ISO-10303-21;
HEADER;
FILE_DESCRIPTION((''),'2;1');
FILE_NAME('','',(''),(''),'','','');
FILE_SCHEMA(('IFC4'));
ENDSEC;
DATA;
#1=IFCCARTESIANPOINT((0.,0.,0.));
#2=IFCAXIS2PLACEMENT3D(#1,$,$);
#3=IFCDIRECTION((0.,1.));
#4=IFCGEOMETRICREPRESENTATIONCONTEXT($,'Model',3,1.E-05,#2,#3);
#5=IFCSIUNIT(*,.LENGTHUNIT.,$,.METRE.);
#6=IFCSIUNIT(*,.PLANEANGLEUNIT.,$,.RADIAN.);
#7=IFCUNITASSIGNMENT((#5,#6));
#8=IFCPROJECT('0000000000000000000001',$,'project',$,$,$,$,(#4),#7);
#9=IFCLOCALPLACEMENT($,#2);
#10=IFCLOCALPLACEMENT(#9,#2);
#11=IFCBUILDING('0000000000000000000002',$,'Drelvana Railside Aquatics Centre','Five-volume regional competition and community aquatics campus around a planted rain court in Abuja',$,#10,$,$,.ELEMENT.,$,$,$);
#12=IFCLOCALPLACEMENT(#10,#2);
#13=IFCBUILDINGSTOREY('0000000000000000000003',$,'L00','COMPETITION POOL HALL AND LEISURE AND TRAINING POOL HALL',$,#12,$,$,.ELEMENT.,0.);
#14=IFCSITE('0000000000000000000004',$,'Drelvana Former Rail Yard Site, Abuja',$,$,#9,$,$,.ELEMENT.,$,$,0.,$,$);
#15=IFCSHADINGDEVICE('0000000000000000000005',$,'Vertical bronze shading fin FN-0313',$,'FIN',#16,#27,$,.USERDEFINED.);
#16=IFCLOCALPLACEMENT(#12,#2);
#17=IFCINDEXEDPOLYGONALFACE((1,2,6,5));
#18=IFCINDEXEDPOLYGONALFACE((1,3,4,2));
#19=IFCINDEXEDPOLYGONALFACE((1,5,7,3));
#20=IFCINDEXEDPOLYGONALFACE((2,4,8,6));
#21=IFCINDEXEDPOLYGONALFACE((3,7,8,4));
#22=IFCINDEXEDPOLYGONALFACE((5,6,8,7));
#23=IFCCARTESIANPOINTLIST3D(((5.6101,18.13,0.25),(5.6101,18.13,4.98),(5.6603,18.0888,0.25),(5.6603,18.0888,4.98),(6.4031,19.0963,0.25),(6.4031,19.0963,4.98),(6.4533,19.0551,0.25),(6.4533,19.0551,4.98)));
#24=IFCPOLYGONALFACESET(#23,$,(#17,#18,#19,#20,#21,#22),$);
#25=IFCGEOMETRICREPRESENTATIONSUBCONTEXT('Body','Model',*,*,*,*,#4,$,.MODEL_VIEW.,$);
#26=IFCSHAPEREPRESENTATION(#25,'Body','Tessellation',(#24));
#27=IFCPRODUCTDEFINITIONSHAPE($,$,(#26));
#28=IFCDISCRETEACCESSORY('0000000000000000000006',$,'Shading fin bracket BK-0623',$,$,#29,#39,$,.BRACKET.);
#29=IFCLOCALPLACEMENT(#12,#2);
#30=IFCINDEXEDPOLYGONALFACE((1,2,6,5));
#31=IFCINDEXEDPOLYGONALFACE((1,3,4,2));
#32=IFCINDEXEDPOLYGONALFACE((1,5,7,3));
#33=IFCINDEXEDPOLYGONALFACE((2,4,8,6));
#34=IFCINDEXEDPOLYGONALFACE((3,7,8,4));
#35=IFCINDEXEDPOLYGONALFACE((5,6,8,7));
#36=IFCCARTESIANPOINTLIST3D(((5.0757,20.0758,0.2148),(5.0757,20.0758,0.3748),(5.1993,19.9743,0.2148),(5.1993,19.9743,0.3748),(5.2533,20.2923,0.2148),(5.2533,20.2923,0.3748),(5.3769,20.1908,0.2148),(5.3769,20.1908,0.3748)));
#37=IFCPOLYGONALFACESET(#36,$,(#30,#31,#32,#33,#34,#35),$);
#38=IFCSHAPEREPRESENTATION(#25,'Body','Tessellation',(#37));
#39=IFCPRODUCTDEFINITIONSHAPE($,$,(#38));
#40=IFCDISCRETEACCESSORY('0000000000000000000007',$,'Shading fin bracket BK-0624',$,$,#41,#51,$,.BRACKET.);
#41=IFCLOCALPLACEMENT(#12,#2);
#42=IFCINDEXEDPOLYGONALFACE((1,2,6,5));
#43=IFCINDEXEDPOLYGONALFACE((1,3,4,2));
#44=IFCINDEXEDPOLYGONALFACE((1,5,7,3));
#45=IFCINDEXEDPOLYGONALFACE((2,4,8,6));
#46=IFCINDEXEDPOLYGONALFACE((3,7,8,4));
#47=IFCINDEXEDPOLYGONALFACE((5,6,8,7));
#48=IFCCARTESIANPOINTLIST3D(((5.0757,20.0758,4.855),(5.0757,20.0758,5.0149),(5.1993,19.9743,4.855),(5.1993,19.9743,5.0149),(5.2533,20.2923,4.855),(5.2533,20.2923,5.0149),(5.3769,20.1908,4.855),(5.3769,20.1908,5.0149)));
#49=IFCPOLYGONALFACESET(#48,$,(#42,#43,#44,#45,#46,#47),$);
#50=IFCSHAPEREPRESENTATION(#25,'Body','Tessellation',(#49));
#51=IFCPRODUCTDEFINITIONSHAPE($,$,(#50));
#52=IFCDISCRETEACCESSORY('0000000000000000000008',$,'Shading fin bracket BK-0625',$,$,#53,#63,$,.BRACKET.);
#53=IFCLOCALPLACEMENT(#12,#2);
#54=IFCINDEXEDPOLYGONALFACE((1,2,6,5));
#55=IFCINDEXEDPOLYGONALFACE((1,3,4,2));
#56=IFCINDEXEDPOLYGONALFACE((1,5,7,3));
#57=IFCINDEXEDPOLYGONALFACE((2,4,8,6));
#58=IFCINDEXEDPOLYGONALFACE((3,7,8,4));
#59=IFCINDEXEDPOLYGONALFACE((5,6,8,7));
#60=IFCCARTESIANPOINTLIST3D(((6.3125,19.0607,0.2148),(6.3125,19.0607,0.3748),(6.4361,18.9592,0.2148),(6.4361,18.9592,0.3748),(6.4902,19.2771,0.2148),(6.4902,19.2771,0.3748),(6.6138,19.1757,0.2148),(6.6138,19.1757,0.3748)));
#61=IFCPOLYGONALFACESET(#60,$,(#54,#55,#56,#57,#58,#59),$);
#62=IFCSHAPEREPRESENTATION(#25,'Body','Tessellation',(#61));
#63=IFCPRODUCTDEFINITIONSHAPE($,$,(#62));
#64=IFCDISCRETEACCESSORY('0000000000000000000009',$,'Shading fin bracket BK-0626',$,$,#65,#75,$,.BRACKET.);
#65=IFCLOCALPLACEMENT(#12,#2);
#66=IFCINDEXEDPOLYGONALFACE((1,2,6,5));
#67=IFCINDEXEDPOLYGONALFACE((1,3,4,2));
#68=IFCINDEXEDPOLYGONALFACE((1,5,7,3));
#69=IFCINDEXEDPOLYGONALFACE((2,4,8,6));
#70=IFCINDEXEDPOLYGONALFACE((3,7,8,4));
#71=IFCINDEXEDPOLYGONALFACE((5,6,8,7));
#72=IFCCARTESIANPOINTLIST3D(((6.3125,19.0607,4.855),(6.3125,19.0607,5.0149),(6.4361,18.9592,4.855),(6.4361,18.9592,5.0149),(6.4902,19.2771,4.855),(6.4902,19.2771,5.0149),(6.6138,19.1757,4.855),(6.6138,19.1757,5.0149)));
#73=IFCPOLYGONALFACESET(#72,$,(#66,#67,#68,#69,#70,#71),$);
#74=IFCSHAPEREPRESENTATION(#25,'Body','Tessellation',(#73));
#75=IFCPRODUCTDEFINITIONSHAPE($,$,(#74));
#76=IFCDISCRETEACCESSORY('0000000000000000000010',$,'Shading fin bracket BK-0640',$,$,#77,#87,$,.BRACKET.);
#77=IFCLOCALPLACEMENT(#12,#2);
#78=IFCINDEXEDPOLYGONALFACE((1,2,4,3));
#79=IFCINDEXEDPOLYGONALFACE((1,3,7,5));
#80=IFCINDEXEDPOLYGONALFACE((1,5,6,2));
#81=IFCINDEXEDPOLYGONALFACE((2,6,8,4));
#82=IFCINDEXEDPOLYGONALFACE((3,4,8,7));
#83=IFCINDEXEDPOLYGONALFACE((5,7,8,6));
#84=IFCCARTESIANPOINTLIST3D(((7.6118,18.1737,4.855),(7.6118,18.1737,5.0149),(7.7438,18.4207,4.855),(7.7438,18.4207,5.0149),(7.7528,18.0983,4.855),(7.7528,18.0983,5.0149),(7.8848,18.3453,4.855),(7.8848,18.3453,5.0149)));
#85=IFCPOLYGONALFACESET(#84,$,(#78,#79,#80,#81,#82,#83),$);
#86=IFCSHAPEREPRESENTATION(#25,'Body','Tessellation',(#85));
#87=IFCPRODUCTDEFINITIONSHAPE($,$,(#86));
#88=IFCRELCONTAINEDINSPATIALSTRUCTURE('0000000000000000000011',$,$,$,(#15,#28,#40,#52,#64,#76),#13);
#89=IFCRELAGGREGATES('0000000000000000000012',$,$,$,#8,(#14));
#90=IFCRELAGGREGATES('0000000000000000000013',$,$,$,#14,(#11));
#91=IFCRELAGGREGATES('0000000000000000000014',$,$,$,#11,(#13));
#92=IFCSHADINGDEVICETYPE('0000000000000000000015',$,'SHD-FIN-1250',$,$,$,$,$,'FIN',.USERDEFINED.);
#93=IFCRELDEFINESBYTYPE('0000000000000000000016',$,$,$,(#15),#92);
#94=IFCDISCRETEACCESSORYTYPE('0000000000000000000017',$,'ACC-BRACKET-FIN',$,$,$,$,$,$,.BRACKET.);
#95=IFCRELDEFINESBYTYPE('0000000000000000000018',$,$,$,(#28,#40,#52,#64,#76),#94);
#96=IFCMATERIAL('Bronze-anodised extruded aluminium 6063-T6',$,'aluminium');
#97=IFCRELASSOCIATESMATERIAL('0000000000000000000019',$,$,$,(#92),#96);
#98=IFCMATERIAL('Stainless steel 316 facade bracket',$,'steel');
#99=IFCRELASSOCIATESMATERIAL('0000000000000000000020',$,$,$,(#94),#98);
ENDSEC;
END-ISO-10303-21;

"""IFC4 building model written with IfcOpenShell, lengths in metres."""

from ifc_helpers import new_model, si_unit, direction, frame, origin, origin_2d, place, context, subcontext, project, spatial, rectangle, extrude, material, type_object, element, save


model = new_model("IFC4")

# Units and contexts
model_context = context("Model", 3, precision=1e-05, world=origin(), true_north=direction((0.0, 1.0)))
body_context = subcontext(model_context, "Body", "Model", "MODEL_VIEW")
ifc_project = project(units=[si_unit("LENGTHUNIT", "METRE"), si_unit("PLANEANGLEUNIT", "RADIAN")], contexts=[model_context])

# Site, building, storey
site_placement = place(None, origin())
site = spatial("IfcSite", under=ifc_project, at=site_placement, Name="Drelvana Former Rail Yard Site, Abuja", CompositionType="ELEMENT", RefElevation=0.0)
building_placement = place(site_placement, origin())
building = spatial("IfcBuilding", under=site, at=building_placement, Name="Drelvana Railside Aquatics Centre", Description="Five-volume regional competition and community aquatics campus around a planted rain court in Abuja", CompositionType="ELEMENT")
storey_placement = place(building_placement, origin())
storey = spatial("IfcBuildingStorey", under=building, at=storey_placement, Name="L00", Description="COMPETITION POOL HALL AND LEISURE AND TRAINING POOL HALL", CompositionType="ELEMENT", Elevation=0.0)

# Shared definitions
ifc_material_1 = material(Name="Bronze-anodised extruded aluminium 6063-T6", Category="aluminium")

# Shading device
shading_device_type = type_object("IfcShadingDeviceType", Name="SHD-FIN-1250", ElementType="FIN", PredefinedType="USERDEFINED", material=ifc_material_1)
for number, where, z_axis, x_axis, name in (
    (1, (6.0317, 18.5925, 0.25), (0.0, 0.0, 1.0), (-0.634393, -0.77301, 0.0), "Vertical bronze shading fin FN-0313"),
):
    element("IfcShadingDevice", number, at=place(storey_placement, frame(where, z_axis=z_axis, x_axis=x_axis)), inside=storey, type_object=shading_device_type, Name=name, ObjectType="FIN", PredefinedType="USERDEFINED", context=body_context, shape_type="SweptSolid", body=[
        extrude(rectangle(XDim=1.25, YDim=0.0649, at=origin_2d()), origin(), (0.0, 0.0, 1.0), 4.73),
    ])

# Discrete accessories
ifc_material_2 = material(Name="Stainless steel 316 facade bracket", Category="steel")
discrete_accessory_type = type_object("IfcDiscreteAccessoryType", Name="ACC-BRACKET-FIN", PredefinedType="BRACKET", material=ifc_material_2)
for number, where, z_axis, x_axis, name in (
    (2, (5.2263, 20.1333, 0.2148), (0.0, 0.0, 1.0), (-0.634393, -0.77301, 0.0), "Shading fin bracket BK-0623"),
    (3, (5.2263, 20.1333, 4.855), (0.0, 0.0, 1.0), (-0.634393, -0.77301, 0.0), "Shading fin bracket BK-0624"),
    (4, (6.4631, 19.1182, 0.2148), (0.0, 0.0, 1.0), (-0.634393, -0.77301, 0.0), "Shading fin bracket BK-0625"),
    (5, (6.4631, 19.1182, 4.855), (0.0, 0.0, 1.0), (-0.634393, -0.77301, 0.0), "Shading fin bracket BK-0626"),
    (6, (7.7483, 18.2595, 4.855), (0.0, 0.0, 1.0), (-0.471397, -0.881921, 0.0), "Shading fin bracket BK-0640"),
):
    element("IfcDiscreteAccessory", number, at=place(storey_placement, frame(where, z_axis=z_axis, x_axis=x_axis)), inside=storey, type_object=discrete_accessory_type, Name=name, PredefinedType="BRACKET", context=body_context, shape_type="SweptSolid", body=[
        extrude(rectangle(XDim=0.28, YDim=0.1599, at=origin_2d()), origin(), (0.0, 0.0, 1.0), 0.1599),
    ])

save(model, "model.ifc")
